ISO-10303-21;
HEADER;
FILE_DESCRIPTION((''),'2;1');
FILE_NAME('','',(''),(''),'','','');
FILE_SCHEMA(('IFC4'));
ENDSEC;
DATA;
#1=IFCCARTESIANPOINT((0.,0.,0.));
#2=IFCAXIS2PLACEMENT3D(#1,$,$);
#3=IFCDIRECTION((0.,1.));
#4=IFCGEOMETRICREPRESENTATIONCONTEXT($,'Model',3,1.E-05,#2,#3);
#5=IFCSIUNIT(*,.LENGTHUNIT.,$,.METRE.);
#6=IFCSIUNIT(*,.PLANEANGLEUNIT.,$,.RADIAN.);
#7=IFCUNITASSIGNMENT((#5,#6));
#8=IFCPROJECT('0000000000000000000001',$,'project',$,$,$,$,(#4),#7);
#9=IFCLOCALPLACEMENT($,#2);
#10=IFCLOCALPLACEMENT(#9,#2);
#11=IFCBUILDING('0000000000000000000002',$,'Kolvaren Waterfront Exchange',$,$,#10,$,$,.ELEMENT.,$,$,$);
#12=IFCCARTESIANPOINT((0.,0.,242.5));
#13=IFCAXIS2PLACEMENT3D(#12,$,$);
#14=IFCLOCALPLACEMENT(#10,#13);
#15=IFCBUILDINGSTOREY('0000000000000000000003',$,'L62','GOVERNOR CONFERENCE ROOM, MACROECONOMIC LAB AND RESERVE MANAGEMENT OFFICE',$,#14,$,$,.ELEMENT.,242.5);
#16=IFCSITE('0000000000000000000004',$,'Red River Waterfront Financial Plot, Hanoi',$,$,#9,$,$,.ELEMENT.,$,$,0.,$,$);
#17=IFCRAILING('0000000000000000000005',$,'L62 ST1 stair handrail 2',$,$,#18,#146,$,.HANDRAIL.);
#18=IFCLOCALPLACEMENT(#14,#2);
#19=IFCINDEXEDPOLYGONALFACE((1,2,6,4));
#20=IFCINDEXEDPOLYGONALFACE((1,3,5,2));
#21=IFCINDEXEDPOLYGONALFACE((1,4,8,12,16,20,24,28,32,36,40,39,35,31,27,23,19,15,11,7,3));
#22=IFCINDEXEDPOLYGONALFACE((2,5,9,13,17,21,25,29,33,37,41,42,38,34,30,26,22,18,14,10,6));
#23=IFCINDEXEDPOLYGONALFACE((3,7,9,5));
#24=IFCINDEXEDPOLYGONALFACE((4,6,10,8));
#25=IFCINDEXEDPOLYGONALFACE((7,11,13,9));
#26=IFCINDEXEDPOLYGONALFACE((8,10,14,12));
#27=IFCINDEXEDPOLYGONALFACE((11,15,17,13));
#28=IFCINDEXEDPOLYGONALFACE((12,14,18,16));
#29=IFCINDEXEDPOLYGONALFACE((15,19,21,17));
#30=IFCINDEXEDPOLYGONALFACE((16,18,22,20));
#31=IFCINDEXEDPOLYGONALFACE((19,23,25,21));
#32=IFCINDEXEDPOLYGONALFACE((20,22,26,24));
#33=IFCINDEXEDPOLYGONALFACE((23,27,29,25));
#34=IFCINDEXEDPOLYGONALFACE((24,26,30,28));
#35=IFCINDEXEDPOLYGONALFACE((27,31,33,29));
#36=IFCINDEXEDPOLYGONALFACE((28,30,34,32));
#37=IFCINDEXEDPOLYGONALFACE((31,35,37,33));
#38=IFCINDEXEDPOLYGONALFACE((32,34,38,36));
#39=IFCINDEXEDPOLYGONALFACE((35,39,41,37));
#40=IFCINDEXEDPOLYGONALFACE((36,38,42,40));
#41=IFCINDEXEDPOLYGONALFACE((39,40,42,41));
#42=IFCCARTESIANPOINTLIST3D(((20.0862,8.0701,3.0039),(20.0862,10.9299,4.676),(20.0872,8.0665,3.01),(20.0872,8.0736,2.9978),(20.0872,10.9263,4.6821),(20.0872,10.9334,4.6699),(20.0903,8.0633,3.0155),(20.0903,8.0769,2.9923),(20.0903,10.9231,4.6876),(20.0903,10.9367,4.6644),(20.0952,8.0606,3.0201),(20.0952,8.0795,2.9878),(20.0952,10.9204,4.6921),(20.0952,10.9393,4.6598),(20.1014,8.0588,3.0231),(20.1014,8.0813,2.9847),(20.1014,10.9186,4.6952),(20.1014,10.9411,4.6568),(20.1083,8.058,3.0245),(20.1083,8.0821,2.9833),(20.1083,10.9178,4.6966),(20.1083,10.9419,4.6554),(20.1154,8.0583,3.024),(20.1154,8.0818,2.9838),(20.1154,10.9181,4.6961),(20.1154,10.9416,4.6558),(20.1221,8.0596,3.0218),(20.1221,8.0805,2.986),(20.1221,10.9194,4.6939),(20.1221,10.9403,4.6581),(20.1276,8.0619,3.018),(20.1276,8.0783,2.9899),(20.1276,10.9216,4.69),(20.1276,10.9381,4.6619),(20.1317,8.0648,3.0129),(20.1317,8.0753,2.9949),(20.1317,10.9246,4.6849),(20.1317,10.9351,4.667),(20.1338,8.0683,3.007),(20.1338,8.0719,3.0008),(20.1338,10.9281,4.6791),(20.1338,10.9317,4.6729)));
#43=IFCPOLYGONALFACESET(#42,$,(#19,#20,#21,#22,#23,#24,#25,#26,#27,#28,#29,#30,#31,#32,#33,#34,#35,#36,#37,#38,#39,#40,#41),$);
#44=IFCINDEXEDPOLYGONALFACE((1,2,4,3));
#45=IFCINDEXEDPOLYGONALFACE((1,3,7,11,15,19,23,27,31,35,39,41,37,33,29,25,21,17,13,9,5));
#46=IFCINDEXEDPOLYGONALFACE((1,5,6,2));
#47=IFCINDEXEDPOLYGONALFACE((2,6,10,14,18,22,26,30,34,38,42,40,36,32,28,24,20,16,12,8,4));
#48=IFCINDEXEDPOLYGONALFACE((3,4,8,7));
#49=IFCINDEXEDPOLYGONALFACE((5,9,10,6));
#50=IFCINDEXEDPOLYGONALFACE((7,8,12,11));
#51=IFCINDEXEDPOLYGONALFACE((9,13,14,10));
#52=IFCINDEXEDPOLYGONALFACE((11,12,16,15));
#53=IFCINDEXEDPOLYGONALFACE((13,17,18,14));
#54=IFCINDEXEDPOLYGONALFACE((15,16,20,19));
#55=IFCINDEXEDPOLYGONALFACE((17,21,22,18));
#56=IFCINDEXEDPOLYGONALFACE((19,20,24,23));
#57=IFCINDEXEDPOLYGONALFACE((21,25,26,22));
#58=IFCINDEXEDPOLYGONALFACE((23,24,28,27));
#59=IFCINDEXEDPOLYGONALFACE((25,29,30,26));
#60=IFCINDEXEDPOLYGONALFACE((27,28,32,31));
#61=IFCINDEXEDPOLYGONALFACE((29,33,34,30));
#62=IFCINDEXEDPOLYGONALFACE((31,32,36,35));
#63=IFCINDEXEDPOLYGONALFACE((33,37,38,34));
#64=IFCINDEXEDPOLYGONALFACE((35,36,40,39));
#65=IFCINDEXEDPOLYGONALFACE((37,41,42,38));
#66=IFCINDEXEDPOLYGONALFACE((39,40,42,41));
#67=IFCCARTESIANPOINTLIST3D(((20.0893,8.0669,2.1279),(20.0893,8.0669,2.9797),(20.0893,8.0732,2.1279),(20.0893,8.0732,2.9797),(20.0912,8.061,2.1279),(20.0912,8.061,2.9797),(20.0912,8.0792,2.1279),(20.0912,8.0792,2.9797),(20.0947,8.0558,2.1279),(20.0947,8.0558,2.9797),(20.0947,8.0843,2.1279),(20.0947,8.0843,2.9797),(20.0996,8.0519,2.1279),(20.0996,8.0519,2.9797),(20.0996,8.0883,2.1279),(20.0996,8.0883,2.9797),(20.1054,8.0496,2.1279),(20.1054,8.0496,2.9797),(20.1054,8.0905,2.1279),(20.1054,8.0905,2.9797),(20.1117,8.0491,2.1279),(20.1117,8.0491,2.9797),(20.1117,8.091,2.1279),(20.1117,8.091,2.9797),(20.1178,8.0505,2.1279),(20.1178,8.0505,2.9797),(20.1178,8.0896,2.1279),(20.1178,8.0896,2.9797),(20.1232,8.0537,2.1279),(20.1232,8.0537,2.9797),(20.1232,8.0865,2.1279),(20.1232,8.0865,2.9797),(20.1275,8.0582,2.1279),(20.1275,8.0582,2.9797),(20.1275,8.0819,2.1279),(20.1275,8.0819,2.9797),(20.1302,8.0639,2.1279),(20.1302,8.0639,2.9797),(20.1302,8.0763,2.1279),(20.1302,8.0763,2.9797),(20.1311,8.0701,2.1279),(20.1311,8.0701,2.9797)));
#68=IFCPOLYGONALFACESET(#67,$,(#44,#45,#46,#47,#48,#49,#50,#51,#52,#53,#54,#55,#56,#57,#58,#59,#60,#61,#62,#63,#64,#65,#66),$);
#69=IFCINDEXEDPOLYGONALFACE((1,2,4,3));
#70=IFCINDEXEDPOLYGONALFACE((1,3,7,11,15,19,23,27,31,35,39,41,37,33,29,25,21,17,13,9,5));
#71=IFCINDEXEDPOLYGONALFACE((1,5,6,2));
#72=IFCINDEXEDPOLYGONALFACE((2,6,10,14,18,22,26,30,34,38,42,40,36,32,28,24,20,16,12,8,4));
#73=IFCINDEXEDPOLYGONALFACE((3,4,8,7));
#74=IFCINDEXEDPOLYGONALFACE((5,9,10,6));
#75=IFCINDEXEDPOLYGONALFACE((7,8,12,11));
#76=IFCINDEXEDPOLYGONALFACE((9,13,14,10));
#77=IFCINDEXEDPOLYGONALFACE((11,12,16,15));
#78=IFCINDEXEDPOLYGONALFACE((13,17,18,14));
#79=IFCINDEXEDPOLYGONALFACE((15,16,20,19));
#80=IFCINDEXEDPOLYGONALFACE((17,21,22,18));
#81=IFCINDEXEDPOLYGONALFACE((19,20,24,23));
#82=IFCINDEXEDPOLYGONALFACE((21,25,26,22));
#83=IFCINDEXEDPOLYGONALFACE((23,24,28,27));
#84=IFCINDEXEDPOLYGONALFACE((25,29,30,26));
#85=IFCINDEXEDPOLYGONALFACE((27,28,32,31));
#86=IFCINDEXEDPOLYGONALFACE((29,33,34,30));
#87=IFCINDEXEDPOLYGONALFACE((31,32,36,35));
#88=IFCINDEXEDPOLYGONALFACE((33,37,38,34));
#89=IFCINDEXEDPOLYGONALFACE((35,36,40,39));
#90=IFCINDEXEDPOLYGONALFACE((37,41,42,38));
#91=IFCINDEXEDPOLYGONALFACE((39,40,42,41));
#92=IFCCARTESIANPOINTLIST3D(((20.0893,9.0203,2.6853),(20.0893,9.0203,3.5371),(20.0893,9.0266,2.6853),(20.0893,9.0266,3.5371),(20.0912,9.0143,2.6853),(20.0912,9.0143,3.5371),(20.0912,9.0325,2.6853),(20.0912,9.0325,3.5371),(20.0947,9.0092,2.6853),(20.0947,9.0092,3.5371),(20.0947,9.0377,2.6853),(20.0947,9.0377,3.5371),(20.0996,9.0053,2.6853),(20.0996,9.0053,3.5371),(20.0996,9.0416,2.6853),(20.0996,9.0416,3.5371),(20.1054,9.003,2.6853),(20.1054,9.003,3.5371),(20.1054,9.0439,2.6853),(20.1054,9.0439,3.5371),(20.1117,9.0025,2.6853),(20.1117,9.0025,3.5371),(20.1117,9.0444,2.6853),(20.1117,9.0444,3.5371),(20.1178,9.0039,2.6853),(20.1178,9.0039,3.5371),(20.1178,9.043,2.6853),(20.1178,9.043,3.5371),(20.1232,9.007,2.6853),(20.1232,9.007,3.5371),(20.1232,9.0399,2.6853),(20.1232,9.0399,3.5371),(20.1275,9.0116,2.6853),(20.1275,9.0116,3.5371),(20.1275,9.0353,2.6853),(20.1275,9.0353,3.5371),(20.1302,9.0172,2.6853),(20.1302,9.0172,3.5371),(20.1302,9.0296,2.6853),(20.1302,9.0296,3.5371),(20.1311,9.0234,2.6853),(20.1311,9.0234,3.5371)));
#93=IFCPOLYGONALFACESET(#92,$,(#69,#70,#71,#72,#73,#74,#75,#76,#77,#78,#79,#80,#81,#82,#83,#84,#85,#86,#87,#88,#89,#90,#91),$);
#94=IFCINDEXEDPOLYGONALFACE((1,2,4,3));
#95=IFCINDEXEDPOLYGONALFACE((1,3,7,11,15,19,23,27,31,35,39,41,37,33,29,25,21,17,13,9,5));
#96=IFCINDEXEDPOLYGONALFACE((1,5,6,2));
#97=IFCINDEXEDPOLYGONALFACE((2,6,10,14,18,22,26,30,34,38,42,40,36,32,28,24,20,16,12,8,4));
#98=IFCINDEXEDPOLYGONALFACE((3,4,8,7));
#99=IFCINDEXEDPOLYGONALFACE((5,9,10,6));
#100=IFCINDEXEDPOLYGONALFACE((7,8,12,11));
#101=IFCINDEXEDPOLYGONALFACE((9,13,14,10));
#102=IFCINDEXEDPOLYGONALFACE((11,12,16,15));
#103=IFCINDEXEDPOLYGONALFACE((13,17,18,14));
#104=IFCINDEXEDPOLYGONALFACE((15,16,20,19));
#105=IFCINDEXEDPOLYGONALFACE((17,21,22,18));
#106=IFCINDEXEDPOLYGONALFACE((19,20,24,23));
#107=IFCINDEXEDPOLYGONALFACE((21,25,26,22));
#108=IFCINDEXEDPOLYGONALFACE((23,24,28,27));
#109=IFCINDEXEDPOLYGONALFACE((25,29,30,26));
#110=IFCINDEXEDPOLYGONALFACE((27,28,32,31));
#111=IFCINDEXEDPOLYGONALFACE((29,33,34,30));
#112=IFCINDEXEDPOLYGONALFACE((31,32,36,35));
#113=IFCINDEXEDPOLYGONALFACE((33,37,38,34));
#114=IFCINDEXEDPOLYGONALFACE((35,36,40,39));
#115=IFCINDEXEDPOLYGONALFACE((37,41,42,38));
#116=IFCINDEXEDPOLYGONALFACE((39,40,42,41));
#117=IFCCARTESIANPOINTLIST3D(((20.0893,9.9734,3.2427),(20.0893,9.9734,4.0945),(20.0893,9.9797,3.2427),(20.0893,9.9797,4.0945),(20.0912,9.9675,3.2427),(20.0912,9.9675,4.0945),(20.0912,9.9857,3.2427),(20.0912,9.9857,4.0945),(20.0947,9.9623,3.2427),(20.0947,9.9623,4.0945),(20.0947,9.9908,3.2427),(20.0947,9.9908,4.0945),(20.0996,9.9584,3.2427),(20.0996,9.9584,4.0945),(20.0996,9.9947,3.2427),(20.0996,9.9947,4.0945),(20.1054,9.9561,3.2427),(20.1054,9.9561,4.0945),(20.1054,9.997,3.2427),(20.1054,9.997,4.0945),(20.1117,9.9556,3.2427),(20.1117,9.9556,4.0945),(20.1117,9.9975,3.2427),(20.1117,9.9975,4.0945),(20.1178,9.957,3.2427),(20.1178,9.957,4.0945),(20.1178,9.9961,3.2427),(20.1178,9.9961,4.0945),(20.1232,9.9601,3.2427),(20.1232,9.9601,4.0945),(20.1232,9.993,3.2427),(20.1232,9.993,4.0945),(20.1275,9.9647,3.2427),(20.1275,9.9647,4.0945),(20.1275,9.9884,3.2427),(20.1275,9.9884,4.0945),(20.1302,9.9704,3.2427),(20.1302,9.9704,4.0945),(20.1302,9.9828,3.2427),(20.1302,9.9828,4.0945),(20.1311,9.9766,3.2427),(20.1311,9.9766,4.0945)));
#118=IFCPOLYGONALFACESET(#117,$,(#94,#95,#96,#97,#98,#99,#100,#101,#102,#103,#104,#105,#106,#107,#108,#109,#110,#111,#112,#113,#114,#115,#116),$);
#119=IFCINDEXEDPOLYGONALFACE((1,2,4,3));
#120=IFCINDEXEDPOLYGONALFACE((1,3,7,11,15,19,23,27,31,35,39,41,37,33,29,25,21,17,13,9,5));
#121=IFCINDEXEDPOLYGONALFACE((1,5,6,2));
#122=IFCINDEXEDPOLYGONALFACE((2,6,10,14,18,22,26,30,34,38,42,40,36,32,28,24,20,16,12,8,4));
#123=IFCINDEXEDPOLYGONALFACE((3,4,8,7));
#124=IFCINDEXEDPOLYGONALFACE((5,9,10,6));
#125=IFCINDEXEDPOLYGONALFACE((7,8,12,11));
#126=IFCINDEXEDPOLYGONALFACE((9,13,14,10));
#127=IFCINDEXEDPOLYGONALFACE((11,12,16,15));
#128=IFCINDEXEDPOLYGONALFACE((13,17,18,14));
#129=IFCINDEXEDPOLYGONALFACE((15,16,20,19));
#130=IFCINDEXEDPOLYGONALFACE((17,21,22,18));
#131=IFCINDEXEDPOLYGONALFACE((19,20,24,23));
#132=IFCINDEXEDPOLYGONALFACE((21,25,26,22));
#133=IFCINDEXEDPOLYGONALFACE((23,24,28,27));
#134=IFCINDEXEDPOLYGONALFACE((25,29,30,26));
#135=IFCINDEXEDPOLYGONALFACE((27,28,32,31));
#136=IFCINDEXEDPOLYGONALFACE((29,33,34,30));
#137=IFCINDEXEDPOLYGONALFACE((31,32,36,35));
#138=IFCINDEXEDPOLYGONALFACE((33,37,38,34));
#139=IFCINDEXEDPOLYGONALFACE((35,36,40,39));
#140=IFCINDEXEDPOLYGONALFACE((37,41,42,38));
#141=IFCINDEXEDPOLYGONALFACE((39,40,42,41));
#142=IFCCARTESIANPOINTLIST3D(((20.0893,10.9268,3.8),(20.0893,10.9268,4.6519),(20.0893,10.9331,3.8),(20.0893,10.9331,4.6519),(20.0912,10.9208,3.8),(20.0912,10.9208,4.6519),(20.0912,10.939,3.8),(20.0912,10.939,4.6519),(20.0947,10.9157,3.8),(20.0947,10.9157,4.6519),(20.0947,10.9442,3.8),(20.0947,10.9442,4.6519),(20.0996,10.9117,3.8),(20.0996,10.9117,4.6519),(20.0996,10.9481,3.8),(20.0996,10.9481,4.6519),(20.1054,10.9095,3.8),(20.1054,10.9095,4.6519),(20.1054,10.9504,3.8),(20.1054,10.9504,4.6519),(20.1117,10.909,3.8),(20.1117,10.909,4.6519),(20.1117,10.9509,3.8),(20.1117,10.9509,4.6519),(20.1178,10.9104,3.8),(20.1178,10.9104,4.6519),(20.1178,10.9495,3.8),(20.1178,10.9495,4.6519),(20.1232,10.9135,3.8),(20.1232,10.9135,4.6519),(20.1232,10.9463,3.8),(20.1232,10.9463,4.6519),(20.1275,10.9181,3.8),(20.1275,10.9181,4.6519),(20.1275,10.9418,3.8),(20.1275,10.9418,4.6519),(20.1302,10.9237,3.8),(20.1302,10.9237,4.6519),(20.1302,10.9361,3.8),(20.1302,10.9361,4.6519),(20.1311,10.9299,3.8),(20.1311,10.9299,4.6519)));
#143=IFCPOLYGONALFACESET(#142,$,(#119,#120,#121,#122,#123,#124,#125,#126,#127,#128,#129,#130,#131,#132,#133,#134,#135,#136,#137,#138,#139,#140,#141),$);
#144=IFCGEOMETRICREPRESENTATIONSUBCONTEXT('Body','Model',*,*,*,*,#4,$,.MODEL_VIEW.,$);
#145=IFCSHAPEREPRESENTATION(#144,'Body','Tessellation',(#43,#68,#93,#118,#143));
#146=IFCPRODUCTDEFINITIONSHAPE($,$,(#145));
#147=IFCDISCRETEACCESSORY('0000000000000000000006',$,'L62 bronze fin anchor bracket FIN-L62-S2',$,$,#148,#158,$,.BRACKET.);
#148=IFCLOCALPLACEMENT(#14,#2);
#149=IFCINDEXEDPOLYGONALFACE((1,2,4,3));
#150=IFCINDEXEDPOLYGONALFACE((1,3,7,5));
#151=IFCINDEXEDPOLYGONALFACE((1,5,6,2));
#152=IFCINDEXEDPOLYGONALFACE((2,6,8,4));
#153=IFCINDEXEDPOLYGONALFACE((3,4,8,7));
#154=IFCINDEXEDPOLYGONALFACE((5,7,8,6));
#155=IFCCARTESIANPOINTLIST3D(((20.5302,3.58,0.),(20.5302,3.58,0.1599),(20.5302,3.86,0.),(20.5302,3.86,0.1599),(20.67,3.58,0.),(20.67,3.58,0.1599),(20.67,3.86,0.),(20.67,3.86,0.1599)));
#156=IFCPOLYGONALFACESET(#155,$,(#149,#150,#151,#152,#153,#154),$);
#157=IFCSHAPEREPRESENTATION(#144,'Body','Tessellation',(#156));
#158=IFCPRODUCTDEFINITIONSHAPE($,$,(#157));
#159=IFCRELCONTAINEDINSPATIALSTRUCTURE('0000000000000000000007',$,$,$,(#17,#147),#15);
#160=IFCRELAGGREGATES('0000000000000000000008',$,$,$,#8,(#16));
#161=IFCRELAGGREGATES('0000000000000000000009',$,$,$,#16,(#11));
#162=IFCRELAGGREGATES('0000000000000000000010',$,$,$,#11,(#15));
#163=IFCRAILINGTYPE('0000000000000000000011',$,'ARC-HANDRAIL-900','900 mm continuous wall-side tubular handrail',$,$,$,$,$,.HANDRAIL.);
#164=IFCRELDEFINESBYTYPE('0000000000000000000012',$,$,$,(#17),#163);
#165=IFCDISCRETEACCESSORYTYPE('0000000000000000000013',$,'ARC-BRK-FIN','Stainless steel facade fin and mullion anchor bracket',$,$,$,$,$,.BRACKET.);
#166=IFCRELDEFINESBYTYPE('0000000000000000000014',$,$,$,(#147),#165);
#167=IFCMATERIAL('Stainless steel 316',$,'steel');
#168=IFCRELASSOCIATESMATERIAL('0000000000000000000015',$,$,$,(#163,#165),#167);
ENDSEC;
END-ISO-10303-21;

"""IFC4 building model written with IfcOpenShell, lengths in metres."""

from ifc_helpers import new_model, si_unit, direction, frame, origin, origin_with_axes, origin_2d, place, context, subcontext, project, spatial, rectangle, circle, extrude, source, transform, mapped, material, type_object, element, save


model = new_model("IFC4")

# Units and contexts
model_context = context("Model", 3, precision=1e-05, world=origin(), true_north=direction((0.0, 1.0)))
body_context = subcontext(model_context, "Body", "Model", "MODEL_VIEW")
ifc_project = project(units=[si_unit("LENGTHUNIT", "METRE"), si_unit("PLANEANGLEUNIT", "RADIAN")], contexts=[model_context])

# Site, building, storey
site_placement = place(None, origin())
site = spatial("IfcSite", under=ifc_project, at=site_placement, Name="Red River Waterfront Financial Plot, Hanoi", CompositionType="ELEMENT", RefElevation=0.0)
building_placement = place(site_placement, origin())
building = spatial("IfcBuilding", under=site, at=building_placement, Name="Kolvaren Waterfront Exchange", CompositionType="ELEMENT")
storey_placement = place(building_placement, frame((0.0, 0.0, 242.5)))
storey = spatial("IfcBuildingStorey", under=building, at=storey_placement, Name="L62", Description="GOVERNOR CONFERENCE ROOM, MACROECONOMIC LAB AND RESERVE MANAGEMENT OFFICE", CompositionType="ELEMENT", Elevation=242.5)

# Railing
ifc_material_1 = material(Name="Stainless steel 316", Category="steel")
railing_type_1 = type_object("IfcRailingType", Name="ARC-HANDRAIL-900", Description="900 mm continuous wall-side tubular handrail", PredefinedType="HANDRAIL", material=ifc_material_1)
railing_1_placement = place(storey_placement, frame((20.1101, 8.0701, 2.1279)))
element("IfcRailing", 1, at=railing_1_placement, inside=storey, type_object=railing_type_1, Name="L62 ST1 stair handrail 2", PredefinedType="HANDRAIL", context=body_context, shape_type="SweptSolid", body=[
    extrude(circle(Radius=0.0239, at=origin_2d()), frame((0.0, 0.0, 0.876), z_axis=(0.0, 0.863271, 0.504741), x_axis=(-1.0, 0.0, 0.0)), (0.0, 0.0, 1.0), 3.3127),
    extrude(circle(Radius=0.021, at=origin_2d()), origin(), (0.0, 0.0, 1.0), 0.8518),
    extrude(circle(Radius=0.021, at=origin_2d()), frame((0.0, 0.9534, 0.5574)), (0.0, 0.0, 1.0), 0.8518),
    extrude(circle(Radius=0.021, at=origin_2d()), frame((0.0, 1.9065, 1.1147)), (0.0, 0.0, 1.0), 0.8518),
    extrude(circle(Radius=0.021, at=origin_2d()), frame((0.0, 2.8599, 1.6721)), (0.0, 0.0, 1.0), 0.8518),
])

# Discrete accessory
discrete_accessory_type = type_object("IfcDiscreteAccessoryType", Name="ARC-BRK-FIN", Description="Stainless steel facade fin and mullion anchor bracket", PredefinedType="BRACKET", material=ifc_material_1)
shared_shape_1 = source(origin_with_axes(), body_context, "Body", "SweptSolid", [
    extrude(rectangle(XDim=0.28, YDim=0.1399, at=origin_2d()), origin(), (0.0, 0.0, 1.0), 0.1599),
])
discrete_accessory_placement = place(storey_placement, frame((20.6001, 3.72, 0.0), z_axis=(0.0, 0.0, 1.0), x_axis=(0.0, -1.0, 0.0)))
element("IfcDiscreteAccessory", 2, at=discrete_accessory_placement, inside=storey, type_object=discrete_accessory_type, Name="L62 bronze fin anchor bracket FIN-L62-S2", PredefinedType="BRACKET", context=body_context, shape_type="MappedRepresentation", body=[
    mapped(shared_shape_1, transform((0.0, 0.0, 0.0), x_axis=(1.0, 0.0, 0.0), y_axis=(0.0, 1.0, 0.0), z_axis=(0.0, 0.0, 1.0), scale=1.0)),
])

save(model, "model.ifc")
